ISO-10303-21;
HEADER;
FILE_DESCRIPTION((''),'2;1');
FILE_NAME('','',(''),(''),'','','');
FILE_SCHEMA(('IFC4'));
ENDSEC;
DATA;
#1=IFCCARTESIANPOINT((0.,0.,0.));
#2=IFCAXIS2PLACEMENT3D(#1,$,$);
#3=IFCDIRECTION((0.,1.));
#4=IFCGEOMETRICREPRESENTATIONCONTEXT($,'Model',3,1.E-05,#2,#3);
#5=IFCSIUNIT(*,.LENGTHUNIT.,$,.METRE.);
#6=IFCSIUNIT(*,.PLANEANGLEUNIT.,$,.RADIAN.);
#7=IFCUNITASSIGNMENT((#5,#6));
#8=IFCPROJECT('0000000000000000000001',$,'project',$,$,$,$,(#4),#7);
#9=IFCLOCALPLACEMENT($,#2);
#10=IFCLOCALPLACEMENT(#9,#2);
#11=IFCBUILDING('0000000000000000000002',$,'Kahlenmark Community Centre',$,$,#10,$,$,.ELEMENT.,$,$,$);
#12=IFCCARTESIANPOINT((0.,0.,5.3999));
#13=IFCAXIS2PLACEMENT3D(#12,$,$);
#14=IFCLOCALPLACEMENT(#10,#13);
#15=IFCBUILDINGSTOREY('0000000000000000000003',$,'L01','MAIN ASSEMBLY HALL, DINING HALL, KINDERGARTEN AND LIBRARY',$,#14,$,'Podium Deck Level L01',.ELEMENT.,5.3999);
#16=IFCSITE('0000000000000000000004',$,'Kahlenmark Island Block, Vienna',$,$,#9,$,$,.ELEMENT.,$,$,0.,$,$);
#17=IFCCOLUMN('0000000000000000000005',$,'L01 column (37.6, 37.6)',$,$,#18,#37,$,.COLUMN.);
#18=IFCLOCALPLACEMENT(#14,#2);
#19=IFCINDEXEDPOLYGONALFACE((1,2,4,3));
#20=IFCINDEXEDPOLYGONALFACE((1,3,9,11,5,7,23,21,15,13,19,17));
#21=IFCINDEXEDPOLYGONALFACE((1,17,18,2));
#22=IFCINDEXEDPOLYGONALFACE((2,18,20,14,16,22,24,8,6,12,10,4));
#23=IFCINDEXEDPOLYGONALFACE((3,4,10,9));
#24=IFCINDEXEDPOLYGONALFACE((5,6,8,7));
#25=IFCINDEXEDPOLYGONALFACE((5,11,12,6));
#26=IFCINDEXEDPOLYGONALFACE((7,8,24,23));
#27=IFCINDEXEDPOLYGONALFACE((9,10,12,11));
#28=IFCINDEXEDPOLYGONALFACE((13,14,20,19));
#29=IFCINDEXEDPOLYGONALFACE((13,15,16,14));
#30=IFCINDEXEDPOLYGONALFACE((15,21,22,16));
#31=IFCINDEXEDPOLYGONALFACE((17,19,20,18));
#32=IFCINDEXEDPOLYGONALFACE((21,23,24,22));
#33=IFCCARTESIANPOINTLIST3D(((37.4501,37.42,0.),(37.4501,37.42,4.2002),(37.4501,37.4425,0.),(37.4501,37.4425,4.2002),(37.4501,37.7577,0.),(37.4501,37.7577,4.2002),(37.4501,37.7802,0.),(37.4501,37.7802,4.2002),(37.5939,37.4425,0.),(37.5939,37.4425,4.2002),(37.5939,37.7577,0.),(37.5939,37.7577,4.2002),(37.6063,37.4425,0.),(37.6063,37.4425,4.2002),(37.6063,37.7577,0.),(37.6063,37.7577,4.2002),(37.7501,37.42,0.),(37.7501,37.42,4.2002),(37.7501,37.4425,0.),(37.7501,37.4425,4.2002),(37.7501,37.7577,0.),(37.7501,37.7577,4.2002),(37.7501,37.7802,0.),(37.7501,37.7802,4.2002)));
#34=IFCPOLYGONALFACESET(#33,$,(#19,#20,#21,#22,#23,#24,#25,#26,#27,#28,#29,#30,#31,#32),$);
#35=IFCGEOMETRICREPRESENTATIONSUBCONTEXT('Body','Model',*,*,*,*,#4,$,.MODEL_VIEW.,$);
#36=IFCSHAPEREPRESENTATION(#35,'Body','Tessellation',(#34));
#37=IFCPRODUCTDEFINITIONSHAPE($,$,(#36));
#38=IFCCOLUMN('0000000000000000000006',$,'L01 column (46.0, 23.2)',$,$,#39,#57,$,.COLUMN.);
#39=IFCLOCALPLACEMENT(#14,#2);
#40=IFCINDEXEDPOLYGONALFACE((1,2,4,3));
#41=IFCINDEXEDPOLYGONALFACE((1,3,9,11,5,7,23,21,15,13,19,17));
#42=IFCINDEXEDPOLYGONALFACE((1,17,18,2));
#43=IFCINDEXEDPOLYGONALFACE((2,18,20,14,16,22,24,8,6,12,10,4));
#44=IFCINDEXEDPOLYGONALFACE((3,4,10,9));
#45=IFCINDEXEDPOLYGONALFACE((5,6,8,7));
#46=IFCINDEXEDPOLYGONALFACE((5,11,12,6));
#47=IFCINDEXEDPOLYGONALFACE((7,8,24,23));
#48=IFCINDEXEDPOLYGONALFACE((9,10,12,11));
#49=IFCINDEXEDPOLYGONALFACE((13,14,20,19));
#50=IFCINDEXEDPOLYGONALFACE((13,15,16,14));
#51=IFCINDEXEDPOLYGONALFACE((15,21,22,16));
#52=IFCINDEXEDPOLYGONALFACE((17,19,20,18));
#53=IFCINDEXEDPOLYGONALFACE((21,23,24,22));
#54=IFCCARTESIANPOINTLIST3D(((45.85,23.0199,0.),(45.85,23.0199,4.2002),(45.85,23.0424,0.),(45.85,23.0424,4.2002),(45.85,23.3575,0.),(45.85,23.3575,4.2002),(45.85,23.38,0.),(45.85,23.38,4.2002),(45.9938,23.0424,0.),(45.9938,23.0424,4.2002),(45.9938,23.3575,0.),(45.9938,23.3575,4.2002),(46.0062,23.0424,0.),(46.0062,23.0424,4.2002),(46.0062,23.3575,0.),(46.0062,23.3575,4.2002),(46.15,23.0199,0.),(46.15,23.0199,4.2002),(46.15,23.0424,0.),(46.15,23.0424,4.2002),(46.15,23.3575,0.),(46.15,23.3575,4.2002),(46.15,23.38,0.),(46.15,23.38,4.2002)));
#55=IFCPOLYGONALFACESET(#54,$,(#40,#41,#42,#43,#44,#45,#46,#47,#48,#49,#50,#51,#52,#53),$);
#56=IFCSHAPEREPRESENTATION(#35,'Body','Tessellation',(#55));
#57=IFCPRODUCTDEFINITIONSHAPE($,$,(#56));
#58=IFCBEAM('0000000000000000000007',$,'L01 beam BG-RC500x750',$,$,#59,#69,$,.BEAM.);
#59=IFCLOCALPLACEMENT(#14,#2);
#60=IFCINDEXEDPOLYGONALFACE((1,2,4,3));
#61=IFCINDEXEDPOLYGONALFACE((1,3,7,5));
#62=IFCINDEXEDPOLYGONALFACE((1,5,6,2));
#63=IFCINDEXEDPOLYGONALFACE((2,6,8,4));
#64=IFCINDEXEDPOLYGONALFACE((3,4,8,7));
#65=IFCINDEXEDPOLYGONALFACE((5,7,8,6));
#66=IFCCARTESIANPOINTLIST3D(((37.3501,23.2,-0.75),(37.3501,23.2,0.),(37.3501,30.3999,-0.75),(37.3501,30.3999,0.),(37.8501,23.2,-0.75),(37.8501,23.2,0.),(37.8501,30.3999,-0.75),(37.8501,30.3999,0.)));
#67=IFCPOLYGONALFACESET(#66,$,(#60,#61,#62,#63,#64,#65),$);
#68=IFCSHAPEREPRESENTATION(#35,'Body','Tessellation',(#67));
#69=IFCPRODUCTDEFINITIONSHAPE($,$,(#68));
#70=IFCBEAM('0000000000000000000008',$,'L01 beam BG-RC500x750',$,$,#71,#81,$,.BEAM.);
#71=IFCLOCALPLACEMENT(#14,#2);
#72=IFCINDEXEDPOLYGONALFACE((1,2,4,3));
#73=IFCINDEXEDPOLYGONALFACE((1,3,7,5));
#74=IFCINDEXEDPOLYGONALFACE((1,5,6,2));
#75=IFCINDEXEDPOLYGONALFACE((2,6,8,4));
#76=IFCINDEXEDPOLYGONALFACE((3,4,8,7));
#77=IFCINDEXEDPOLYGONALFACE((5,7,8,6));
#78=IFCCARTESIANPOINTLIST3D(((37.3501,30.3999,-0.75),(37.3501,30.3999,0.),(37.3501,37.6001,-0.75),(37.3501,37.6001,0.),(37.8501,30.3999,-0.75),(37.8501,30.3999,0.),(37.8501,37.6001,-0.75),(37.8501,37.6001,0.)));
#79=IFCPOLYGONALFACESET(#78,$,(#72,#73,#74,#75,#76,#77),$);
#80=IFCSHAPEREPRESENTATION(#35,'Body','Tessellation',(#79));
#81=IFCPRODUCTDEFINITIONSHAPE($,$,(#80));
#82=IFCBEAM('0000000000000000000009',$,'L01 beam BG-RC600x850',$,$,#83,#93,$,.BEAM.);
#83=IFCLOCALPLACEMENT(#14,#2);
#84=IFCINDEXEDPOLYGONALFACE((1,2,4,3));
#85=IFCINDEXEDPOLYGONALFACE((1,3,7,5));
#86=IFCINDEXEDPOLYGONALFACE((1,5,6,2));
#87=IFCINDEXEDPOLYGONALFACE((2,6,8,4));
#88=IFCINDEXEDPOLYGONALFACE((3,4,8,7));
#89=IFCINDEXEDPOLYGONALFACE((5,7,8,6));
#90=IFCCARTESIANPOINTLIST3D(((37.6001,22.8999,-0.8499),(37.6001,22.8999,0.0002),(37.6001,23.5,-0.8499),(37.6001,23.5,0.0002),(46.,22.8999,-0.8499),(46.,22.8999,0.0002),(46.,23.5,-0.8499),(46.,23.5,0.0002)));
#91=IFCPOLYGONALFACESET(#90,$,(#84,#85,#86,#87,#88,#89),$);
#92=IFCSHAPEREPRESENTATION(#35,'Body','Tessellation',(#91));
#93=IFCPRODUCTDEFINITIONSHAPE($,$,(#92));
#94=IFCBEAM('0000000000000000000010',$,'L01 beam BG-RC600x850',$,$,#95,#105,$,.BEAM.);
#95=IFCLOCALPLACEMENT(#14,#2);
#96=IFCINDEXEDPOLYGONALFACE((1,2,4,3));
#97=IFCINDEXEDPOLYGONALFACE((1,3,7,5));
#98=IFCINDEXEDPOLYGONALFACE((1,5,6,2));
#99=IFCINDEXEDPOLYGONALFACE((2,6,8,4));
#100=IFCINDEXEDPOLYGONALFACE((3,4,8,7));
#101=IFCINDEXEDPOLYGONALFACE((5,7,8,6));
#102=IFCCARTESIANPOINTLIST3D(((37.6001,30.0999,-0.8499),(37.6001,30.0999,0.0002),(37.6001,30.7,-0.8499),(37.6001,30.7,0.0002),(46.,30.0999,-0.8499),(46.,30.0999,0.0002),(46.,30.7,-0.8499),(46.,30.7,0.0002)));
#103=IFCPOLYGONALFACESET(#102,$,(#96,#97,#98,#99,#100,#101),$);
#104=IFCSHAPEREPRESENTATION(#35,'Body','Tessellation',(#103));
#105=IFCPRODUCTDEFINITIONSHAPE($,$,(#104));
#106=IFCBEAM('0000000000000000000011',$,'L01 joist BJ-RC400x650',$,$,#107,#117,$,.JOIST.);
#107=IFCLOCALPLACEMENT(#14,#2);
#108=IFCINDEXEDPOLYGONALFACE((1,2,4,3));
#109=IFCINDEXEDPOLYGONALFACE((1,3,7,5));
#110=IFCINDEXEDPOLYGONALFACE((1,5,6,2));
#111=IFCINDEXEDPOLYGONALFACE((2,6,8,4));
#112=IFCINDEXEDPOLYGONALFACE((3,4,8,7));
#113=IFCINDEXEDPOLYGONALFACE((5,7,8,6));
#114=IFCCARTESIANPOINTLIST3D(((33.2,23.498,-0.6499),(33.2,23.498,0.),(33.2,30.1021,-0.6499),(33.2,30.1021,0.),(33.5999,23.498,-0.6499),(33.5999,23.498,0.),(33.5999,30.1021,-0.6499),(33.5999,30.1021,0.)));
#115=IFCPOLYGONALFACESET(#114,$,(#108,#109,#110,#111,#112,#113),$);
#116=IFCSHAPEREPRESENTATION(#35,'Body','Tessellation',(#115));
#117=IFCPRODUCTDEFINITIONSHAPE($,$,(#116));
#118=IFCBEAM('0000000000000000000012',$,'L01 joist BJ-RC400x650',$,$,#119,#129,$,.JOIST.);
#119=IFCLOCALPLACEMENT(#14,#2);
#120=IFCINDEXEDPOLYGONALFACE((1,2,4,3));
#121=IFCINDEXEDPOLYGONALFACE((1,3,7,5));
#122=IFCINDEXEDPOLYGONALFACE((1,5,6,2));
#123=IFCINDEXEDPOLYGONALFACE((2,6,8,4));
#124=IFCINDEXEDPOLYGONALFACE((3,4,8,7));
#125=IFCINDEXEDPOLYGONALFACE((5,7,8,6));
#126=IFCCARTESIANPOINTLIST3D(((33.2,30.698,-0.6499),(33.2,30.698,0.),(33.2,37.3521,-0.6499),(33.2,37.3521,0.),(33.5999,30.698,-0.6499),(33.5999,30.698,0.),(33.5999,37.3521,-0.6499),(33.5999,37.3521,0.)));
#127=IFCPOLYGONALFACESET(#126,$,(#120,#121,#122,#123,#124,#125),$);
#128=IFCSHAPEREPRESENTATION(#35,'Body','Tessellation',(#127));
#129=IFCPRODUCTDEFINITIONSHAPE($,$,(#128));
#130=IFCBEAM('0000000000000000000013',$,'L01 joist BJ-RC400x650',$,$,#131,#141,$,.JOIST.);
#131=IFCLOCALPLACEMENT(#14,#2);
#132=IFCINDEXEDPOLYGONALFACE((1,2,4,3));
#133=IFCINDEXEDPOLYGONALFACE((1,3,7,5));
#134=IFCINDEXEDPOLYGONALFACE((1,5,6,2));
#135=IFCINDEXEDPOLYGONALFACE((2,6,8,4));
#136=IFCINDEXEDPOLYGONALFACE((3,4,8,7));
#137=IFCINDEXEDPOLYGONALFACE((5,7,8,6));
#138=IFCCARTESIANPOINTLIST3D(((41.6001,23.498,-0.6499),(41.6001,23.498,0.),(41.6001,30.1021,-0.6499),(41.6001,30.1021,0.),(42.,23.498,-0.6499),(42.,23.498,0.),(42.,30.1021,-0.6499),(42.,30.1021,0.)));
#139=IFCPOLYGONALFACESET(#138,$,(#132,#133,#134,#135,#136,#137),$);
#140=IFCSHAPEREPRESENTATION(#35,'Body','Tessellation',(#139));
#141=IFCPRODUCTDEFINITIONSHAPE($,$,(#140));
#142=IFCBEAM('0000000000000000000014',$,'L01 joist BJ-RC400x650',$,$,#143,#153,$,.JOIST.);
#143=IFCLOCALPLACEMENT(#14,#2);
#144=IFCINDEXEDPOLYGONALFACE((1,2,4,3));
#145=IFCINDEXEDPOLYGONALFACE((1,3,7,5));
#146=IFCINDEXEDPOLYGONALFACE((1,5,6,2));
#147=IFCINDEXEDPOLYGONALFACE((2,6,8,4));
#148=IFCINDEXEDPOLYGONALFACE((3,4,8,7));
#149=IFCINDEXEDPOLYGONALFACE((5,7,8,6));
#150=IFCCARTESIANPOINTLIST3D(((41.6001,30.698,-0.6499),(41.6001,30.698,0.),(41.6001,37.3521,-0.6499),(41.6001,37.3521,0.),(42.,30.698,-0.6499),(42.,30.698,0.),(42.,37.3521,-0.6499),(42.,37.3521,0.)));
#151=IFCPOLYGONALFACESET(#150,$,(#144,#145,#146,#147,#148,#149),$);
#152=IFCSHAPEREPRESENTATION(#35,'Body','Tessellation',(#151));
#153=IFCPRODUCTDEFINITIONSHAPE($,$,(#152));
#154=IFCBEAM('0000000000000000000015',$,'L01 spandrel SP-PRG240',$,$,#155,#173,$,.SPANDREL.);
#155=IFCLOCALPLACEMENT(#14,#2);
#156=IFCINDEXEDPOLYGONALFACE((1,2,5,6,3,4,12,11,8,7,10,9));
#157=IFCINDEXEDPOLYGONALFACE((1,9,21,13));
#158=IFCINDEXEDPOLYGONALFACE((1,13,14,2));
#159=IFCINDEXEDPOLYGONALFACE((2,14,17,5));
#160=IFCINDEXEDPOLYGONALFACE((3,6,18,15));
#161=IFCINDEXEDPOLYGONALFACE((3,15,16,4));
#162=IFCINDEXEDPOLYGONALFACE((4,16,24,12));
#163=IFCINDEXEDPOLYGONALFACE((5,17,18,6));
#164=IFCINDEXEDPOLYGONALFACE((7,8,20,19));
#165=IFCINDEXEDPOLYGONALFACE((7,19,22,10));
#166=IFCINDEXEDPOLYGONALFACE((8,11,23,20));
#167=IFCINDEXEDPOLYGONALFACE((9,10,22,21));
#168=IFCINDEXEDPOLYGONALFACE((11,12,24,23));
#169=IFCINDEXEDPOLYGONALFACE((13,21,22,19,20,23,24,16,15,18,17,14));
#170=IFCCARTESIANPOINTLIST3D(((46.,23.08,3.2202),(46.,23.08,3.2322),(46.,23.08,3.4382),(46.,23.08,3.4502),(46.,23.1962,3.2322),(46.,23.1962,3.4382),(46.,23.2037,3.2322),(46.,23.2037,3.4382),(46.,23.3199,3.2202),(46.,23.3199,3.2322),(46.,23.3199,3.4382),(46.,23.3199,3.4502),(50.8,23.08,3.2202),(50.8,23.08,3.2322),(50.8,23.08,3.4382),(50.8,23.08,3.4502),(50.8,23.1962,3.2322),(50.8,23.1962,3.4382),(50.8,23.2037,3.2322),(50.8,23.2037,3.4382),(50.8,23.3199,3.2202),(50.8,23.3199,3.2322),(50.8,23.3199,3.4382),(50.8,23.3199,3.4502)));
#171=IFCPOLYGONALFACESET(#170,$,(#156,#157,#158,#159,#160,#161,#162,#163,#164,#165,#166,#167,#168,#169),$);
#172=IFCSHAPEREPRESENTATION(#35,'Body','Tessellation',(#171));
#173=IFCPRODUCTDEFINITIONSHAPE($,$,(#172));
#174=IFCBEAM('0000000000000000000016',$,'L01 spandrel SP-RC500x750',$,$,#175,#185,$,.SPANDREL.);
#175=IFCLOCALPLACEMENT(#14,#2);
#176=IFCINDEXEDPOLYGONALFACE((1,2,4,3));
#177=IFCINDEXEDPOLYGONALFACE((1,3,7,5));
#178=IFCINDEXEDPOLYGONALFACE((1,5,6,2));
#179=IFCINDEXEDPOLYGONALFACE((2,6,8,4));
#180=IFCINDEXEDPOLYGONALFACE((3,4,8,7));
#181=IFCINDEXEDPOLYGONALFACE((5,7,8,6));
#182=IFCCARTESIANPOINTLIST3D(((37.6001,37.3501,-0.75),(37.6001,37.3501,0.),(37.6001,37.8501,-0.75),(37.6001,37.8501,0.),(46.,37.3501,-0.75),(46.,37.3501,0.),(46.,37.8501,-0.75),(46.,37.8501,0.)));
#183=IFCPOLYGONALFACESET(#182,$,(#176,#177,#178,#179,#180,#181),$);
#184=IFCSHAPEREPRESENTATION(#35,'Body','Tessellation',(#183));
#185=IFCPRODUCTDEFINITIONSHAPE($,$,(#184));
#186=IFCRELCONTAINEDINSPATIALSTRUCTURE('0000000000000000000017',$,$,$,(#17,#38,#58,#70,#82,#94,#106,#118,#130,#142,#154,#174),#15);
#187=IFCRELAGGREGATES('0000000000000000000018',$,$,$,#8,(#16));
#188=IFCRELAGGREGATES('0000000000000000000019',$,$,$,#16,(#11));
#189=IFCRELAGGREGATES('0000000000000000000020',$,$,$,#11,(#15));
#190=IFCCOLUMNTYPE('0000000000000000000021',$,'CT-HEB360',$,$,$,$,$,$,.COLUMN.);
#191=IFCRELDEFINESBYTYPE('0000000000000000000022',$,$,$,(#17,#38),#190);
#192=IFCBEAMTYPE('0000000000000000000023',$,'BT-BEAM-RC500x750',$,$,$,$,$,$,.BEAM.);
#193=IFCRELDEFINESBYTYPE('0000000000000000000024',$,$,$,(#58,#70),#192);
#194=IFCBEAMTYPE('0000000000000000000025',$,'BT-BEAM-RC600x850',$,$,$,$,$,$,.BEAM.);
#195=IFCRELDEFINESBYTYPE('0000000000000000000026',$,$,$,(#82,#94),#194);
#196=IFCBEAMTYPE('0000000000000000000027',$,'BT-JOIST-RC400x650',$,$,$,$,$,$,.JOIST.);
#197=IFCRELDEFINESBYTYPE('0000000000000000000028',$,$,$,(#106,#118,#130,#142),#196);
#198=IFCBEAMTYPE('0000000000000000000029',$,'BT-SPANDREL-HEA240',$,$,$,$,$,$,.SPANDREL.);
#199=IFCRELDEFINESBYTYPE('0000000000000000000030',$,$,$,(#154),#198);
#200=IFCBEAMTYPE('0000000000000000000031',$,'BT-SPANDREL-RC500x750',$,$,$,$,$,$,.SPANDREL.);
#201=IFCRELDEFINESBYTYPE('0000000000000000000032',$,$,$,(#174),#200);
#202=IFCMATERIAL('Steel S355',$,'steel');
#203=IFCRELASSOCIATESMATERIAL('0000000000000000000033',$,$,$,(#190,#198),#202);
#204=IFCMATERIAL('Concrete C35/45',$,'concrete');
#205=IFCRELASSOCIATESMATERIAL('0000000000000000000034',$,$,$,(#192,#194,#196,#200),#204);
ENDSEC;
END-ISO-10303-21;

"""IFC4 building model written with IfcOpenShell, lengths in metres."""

from ifc_helpers import new_model, si_unit, direction, frame, origin, origin_2d, place, context, subcontext, project, spatial, rectangle, i_section, extrude, material, material_profile, profile_set, type_object, element, save


model = new_model("IFC4")

# Units and contexts
model_context = context("Model", 3, precision=1e-05, world=origin(), true_north=direction((0.0, 1.0)))
body_context = subcontext(model_context, "Body", "Model", "MODEL_VIEW")
ifc_project = project(units=[si_unit("LENGTHUNIT", "METRE"), si_unit("PLANEANGLEUNIT", "RADIAN")], contexts=[model_context])

# Site, building, storey
site_placement = place(None, origin())
site = spatial("IfcSite", under=ifc_project, at=site_placement, Name="Kahlenmark Island Block, Vienna", CompositionType="ELEMENT", RefElevation=0.0)
building_placement = place(site_placement, origin())
building = spatial("IfcBuilding", under=site, at=building_placement, Name="Kahlenmark Community Centre", CompositionType="ELEMENT")
storey_placement = place(building_placement, frame((0.0, 0.0, 5.3999)))
storey = spatial("IfcBuildingStorey", under=building, at=storey_placement, Name="L01", Description="MAIN ASSEMBLY HALL, DINING HALL, KINDERGARTEN AND LIBRARY", LongName="Podium Deck Level L01", CompositionType="ELEMENT", Elevation=5.3999)

# Columns
ifc_material_1 = material(Name="Steel S355", Category="steel")
ifc_material_profile_1 = material_profile(ifc_material_1, i_section(OverallWidth=0.3, OverallDepth=0.3601, WebThickness=0.0125, FlangeThickness=0.0225, at=origin_2d()), Name="HEB 360")
ifc_profile_set_1 = profile_set([ifc_material_profile_1], Name="Steel S355")
column_type = type_object("IfcColumnType", Name="CT-HEB360", PredefinedType="COLUMN", material=ifc_profile_set_1)
for number, where, z_axis, x_axis, name in (
    (1, (37.6001, 37.6001, 0.0), (0.0, 0.0, 1.0), (1.0, 0.0, 0.0), "L01 column (37.6, 37.6)"),
    (2, (46.0, 23.2, 0.0), (0.0, 0.0, 1.0), (1.0, 0.0, 0.0), "L01 column (46.0, 23.2)"),
):
    element("IfcColumn", number, at=place(storey_placement, frame(where, z_axis=z_axis, x_axis=x_axis)), inside=storey, type_object=column_type, Name=name, PredefinedType="COLUMN", context=body_context, shape_type="SweptSolid", body=[
        extrude(i_section(OverallWidth=0.3, OverallDepth=0.3601, WebThickness=0.0125, FlangeThickness=0.0225, at=origin_2d()), origin(), (0.0, 0.0, 1.0), 4.2002),
    ])

# Beams
ifc_material_2 = material(Name="Concrete C35/45", Category="concrete")
ifc_material_profile_2 = material_profile(ifc_material_2, rectangle(XDim=0.5, YDim=0.75, at=origin_2d()), Name="RC 500x750")
ifc_profile_set_2 = profile_set([ifc_material_profile_2], Name="Concrete C35/45")
beam_type_1 = type_object("IfcBeamType", Name="BT-BEAM-RC500x750", PredefinedType="BEAM", material=ifc_profile_set_2)
beam_1_placement = place(storey_placement, frame((37.6001, 23.2, -0.375), z_axis=(0.0, 1.0, 0.0), x_axis=(-1.0, 0.0, 0.0)))
element("IfcBeam", 3, at=beam_1_placement, inside=storey, type_object=beam_type_1, Name="L01 beam BG-RC500x750", PredefinedType="BEAM", context=body_context, shape_type="SweptSolid", body=[
    extrude(rectangle(XDim=0.5, YDim=0.75, at=origin_2d()), origin(), (0.0, 0.0, 1.0), 7.2),
])
beam_2_placement = place(storey_placement, frame((37.6001, 30.3999, -0.375), z_axis=(0.0, 1.0, 0.0), x_axis=(-1.0, 0.0, 0.0)))
element("IfcBeam", 4, at=beam_2_placement, inside=storey, type_object=beam_type_1, Name="L01 beam BG-RC500x750", PredefinedType="BEAM", context=body_context, shape_type="SweptSolid", body=[
    extrude(rectangle(XDim=0.5, YDim=0.75, at=origin_2d()), origin(), (0.0, 0.0, 1.0), 7.2002),
])
ifc_material_profile_3 = material_profile(ifc_material_2, rectangle(XDim=0.6001, YDim=0.8501, at=origin_2d()), Name="RC 600x850")
ifc_profile_set_3 = profile_set([ifc_material_profile_3], Name="Concrete C35/45")
beam_type_2 = type_object("IfcBeamType", Name="BT-BEAM-RC600x850", PredefinedType="BEAM", material=ifc_profile_set_3)
for number, where, z_axis, x_axis, name in (
    (5, (37.6001, 23.2, -0.4248), (1.0, 0.0, 0.0), (0.0, 1.0, 0.0), "L01 beam BG-RC600x850"),
    (6, (37.6001, 30.3999, -0.4248), (1.0, 0.0, 0.0), (0.0, 1.0, 0.0), "L01 beam BG-RC600x850"),
):
    element("IfcBeam", number, at=place(storey_placement, frame(where, z_axis=z_axis, x_axis=x_axis)), inside=storey, type_object=beam_type_2, Name=name, PredefinedType="BEAM", context=body_context, shape_type="SweptSolid", body=[
        extrude(rectangle(XDim=0.6001, YDim=0.8501, at=origin_2d()), origin(), (0.0, 0.0, 1.0), 8.3999),
    ])
ifc_material_profile_4 = material_profile(ifc_material_2, rectangle(XDim=0.3999, YDim=0.6499, at=origin_2d()), Name="RC 400x650")
ifc_profile_set_4 = profile_set([ifc_material_profile_4], Name="Concrete C35/45")
beam_type_3 = type_object("IfcBeamType", Name="BT-JOIST-RC400x650", PredefinedType="JOIST", material=ifc_profile_set_4)
beam_3_placement = place(storey_placement, frame((33.3999, 23.498, -0.325), z_axis=(0.0, 1.0, 0.0), x_axis=(-1.0, 0.0, 0.0)))
element("IfcBeam", 7, at=beam_3_placement, inside=storey, type_object=beam_type_3, Name="L01 joist BJ-RC400x650", PredefinedType="JOIST", context=body_context, shape_type="SweptSolid", body=[
    extrude(rectangle(XDim=0.3999, YDim=0.6499, at=origin_2d()), origin(), (0.0, 0.0, 1.0), 6.604),
])
beam_4_placement = place(storey_placement, frame((33.3999, 30.698, -0.325), z_axis=(0.0, 1.0, 0.0), x_axis=(-1.0, 0.0, 0.0)))
element("IfcBeam", 8, at=beam_4_placement, inside=storey, type_object=beam_type_3, Name="L01 joist BJ-RC400x650", PredefinedType="JOIST", context=body_context, shape_type="SweptSolid", body=[
    extrude(rectangle(XDim=0.3999, YDim=0.6499, at=origin_2d()), origin(), (0.0, 0.0, 1.0), 6.6541),
])
beam_5_placement = place(storey_placement, frame((41.8, 23.498, -0.325), z_axis=(0.0, 1.0, 0.0), x_axis=(-1.0, 0.0, 0.0)))
element("IfcBeam", 9, at=beam_5_placement, inside=storey, type_object=beam_type_3, Name="L01 joist BJ-RC400x650", PredefinedType="JOIST", context=body_context, shape_type="SweptSolid", body=[
    extrude(rectangle(XDim=0.3999, YDim=0.6499, at=origin_2d()), origin(), (0.0, 0.0, 1.0), 6.604),
])
beam_6_placement = place(storey_placement, frame((41.8, 30.698, -0.325), z_axis=(0.0, 1.0, 0.0), x_axis=(-1.0, 0.0, 0.0)))
element("IfcBeam", 10, at=beam_6_placement, inside=storey, type_object=beam_type_3, Name="L01 joist BJ-RC400x650", PredefinedType="JOIST", context=body_context, shape_type="SweptSolid", body=[
    extrude(rectangle(XDim=0.3999, YDim=0.6499, at=origin_2d()), origin(), (0.0, 0.0, 1.0), 6.6541),
])
ifc_material_profile_5 = material_profile(ifc_material_1, i_section(OverallWidth=0.24, OverallDepth=0.23, WebThickness=0.0076, FlangeThickness=0.012, at=origin_2d()), Name="HEA 240")
ifc_profile_set_5 = profile_set([ifc_material_profile_5], Name="Steel S355")
beam_type_4 = type_object("IfcBeamType", Name="BT-SPANDREL-HEA240", PredefinedType="SPANDREL", material=ifc_profile_set_5)
beam_7_placement = place(storey_placement, frame((46.0, 23.2, 3.3352), z_axis=(1.0, 0.0, 0.0), x_axis=(0.0, 1.0, 0.0)))
element("IfcBeam", 11, at=beam_7_placement, inside=storey, type_object=beam_type_4, Name="L01 spandrel SP-PRG240", PredefinedType="SPANDREL", context=body_context, shape_type="SweptSolid", body=[
    extrude(i_section(OverallWidth=0.24, OverallDepth=0.23, WebThickness=0.0076, FlangeThickness=0.012, at=origin_2d()), origin(), (0.0, 0.0, 1.0), 4.8),
])
ifc_material_profile_6 = material_profile(ifc_material_2, rectangle(XDim=0.5, YDim=0.75, at=origin_2d()), Name="RC 500x750")
ifc_profile_set_6 = profile_set([ifc_material_profile_6], Name="Concrete C35/45")
beam_type_5 = type_object("IfcBeamType", Name="BT-SPANDREL-RC500x750", PredefinedType="SPANDREL", material=ifc_profile_set_6)
beam_8_placement = place(storey_placement, frame((37.6001, 37.6001, -0.375), z_axis=(1.0, 0.0, 0.0), x_axis=(0.0, 1.0, 0.0)))
element("IfcBeam", 12, at=beam_8_placement, inside=storey, type_object=beam_type_5, Name="L01 spandrel SP-RC500x750", PredefinedType="SPANDREL", context=body_context, shape_type="SweptSolid", body=[
    extrude(rectangle(XDim=0.5, YDim=0.75, at=origin_2d()), origin(), (0.0, 0.0, 1.0), 8.3999),
])

save(model, "model.ifc")
